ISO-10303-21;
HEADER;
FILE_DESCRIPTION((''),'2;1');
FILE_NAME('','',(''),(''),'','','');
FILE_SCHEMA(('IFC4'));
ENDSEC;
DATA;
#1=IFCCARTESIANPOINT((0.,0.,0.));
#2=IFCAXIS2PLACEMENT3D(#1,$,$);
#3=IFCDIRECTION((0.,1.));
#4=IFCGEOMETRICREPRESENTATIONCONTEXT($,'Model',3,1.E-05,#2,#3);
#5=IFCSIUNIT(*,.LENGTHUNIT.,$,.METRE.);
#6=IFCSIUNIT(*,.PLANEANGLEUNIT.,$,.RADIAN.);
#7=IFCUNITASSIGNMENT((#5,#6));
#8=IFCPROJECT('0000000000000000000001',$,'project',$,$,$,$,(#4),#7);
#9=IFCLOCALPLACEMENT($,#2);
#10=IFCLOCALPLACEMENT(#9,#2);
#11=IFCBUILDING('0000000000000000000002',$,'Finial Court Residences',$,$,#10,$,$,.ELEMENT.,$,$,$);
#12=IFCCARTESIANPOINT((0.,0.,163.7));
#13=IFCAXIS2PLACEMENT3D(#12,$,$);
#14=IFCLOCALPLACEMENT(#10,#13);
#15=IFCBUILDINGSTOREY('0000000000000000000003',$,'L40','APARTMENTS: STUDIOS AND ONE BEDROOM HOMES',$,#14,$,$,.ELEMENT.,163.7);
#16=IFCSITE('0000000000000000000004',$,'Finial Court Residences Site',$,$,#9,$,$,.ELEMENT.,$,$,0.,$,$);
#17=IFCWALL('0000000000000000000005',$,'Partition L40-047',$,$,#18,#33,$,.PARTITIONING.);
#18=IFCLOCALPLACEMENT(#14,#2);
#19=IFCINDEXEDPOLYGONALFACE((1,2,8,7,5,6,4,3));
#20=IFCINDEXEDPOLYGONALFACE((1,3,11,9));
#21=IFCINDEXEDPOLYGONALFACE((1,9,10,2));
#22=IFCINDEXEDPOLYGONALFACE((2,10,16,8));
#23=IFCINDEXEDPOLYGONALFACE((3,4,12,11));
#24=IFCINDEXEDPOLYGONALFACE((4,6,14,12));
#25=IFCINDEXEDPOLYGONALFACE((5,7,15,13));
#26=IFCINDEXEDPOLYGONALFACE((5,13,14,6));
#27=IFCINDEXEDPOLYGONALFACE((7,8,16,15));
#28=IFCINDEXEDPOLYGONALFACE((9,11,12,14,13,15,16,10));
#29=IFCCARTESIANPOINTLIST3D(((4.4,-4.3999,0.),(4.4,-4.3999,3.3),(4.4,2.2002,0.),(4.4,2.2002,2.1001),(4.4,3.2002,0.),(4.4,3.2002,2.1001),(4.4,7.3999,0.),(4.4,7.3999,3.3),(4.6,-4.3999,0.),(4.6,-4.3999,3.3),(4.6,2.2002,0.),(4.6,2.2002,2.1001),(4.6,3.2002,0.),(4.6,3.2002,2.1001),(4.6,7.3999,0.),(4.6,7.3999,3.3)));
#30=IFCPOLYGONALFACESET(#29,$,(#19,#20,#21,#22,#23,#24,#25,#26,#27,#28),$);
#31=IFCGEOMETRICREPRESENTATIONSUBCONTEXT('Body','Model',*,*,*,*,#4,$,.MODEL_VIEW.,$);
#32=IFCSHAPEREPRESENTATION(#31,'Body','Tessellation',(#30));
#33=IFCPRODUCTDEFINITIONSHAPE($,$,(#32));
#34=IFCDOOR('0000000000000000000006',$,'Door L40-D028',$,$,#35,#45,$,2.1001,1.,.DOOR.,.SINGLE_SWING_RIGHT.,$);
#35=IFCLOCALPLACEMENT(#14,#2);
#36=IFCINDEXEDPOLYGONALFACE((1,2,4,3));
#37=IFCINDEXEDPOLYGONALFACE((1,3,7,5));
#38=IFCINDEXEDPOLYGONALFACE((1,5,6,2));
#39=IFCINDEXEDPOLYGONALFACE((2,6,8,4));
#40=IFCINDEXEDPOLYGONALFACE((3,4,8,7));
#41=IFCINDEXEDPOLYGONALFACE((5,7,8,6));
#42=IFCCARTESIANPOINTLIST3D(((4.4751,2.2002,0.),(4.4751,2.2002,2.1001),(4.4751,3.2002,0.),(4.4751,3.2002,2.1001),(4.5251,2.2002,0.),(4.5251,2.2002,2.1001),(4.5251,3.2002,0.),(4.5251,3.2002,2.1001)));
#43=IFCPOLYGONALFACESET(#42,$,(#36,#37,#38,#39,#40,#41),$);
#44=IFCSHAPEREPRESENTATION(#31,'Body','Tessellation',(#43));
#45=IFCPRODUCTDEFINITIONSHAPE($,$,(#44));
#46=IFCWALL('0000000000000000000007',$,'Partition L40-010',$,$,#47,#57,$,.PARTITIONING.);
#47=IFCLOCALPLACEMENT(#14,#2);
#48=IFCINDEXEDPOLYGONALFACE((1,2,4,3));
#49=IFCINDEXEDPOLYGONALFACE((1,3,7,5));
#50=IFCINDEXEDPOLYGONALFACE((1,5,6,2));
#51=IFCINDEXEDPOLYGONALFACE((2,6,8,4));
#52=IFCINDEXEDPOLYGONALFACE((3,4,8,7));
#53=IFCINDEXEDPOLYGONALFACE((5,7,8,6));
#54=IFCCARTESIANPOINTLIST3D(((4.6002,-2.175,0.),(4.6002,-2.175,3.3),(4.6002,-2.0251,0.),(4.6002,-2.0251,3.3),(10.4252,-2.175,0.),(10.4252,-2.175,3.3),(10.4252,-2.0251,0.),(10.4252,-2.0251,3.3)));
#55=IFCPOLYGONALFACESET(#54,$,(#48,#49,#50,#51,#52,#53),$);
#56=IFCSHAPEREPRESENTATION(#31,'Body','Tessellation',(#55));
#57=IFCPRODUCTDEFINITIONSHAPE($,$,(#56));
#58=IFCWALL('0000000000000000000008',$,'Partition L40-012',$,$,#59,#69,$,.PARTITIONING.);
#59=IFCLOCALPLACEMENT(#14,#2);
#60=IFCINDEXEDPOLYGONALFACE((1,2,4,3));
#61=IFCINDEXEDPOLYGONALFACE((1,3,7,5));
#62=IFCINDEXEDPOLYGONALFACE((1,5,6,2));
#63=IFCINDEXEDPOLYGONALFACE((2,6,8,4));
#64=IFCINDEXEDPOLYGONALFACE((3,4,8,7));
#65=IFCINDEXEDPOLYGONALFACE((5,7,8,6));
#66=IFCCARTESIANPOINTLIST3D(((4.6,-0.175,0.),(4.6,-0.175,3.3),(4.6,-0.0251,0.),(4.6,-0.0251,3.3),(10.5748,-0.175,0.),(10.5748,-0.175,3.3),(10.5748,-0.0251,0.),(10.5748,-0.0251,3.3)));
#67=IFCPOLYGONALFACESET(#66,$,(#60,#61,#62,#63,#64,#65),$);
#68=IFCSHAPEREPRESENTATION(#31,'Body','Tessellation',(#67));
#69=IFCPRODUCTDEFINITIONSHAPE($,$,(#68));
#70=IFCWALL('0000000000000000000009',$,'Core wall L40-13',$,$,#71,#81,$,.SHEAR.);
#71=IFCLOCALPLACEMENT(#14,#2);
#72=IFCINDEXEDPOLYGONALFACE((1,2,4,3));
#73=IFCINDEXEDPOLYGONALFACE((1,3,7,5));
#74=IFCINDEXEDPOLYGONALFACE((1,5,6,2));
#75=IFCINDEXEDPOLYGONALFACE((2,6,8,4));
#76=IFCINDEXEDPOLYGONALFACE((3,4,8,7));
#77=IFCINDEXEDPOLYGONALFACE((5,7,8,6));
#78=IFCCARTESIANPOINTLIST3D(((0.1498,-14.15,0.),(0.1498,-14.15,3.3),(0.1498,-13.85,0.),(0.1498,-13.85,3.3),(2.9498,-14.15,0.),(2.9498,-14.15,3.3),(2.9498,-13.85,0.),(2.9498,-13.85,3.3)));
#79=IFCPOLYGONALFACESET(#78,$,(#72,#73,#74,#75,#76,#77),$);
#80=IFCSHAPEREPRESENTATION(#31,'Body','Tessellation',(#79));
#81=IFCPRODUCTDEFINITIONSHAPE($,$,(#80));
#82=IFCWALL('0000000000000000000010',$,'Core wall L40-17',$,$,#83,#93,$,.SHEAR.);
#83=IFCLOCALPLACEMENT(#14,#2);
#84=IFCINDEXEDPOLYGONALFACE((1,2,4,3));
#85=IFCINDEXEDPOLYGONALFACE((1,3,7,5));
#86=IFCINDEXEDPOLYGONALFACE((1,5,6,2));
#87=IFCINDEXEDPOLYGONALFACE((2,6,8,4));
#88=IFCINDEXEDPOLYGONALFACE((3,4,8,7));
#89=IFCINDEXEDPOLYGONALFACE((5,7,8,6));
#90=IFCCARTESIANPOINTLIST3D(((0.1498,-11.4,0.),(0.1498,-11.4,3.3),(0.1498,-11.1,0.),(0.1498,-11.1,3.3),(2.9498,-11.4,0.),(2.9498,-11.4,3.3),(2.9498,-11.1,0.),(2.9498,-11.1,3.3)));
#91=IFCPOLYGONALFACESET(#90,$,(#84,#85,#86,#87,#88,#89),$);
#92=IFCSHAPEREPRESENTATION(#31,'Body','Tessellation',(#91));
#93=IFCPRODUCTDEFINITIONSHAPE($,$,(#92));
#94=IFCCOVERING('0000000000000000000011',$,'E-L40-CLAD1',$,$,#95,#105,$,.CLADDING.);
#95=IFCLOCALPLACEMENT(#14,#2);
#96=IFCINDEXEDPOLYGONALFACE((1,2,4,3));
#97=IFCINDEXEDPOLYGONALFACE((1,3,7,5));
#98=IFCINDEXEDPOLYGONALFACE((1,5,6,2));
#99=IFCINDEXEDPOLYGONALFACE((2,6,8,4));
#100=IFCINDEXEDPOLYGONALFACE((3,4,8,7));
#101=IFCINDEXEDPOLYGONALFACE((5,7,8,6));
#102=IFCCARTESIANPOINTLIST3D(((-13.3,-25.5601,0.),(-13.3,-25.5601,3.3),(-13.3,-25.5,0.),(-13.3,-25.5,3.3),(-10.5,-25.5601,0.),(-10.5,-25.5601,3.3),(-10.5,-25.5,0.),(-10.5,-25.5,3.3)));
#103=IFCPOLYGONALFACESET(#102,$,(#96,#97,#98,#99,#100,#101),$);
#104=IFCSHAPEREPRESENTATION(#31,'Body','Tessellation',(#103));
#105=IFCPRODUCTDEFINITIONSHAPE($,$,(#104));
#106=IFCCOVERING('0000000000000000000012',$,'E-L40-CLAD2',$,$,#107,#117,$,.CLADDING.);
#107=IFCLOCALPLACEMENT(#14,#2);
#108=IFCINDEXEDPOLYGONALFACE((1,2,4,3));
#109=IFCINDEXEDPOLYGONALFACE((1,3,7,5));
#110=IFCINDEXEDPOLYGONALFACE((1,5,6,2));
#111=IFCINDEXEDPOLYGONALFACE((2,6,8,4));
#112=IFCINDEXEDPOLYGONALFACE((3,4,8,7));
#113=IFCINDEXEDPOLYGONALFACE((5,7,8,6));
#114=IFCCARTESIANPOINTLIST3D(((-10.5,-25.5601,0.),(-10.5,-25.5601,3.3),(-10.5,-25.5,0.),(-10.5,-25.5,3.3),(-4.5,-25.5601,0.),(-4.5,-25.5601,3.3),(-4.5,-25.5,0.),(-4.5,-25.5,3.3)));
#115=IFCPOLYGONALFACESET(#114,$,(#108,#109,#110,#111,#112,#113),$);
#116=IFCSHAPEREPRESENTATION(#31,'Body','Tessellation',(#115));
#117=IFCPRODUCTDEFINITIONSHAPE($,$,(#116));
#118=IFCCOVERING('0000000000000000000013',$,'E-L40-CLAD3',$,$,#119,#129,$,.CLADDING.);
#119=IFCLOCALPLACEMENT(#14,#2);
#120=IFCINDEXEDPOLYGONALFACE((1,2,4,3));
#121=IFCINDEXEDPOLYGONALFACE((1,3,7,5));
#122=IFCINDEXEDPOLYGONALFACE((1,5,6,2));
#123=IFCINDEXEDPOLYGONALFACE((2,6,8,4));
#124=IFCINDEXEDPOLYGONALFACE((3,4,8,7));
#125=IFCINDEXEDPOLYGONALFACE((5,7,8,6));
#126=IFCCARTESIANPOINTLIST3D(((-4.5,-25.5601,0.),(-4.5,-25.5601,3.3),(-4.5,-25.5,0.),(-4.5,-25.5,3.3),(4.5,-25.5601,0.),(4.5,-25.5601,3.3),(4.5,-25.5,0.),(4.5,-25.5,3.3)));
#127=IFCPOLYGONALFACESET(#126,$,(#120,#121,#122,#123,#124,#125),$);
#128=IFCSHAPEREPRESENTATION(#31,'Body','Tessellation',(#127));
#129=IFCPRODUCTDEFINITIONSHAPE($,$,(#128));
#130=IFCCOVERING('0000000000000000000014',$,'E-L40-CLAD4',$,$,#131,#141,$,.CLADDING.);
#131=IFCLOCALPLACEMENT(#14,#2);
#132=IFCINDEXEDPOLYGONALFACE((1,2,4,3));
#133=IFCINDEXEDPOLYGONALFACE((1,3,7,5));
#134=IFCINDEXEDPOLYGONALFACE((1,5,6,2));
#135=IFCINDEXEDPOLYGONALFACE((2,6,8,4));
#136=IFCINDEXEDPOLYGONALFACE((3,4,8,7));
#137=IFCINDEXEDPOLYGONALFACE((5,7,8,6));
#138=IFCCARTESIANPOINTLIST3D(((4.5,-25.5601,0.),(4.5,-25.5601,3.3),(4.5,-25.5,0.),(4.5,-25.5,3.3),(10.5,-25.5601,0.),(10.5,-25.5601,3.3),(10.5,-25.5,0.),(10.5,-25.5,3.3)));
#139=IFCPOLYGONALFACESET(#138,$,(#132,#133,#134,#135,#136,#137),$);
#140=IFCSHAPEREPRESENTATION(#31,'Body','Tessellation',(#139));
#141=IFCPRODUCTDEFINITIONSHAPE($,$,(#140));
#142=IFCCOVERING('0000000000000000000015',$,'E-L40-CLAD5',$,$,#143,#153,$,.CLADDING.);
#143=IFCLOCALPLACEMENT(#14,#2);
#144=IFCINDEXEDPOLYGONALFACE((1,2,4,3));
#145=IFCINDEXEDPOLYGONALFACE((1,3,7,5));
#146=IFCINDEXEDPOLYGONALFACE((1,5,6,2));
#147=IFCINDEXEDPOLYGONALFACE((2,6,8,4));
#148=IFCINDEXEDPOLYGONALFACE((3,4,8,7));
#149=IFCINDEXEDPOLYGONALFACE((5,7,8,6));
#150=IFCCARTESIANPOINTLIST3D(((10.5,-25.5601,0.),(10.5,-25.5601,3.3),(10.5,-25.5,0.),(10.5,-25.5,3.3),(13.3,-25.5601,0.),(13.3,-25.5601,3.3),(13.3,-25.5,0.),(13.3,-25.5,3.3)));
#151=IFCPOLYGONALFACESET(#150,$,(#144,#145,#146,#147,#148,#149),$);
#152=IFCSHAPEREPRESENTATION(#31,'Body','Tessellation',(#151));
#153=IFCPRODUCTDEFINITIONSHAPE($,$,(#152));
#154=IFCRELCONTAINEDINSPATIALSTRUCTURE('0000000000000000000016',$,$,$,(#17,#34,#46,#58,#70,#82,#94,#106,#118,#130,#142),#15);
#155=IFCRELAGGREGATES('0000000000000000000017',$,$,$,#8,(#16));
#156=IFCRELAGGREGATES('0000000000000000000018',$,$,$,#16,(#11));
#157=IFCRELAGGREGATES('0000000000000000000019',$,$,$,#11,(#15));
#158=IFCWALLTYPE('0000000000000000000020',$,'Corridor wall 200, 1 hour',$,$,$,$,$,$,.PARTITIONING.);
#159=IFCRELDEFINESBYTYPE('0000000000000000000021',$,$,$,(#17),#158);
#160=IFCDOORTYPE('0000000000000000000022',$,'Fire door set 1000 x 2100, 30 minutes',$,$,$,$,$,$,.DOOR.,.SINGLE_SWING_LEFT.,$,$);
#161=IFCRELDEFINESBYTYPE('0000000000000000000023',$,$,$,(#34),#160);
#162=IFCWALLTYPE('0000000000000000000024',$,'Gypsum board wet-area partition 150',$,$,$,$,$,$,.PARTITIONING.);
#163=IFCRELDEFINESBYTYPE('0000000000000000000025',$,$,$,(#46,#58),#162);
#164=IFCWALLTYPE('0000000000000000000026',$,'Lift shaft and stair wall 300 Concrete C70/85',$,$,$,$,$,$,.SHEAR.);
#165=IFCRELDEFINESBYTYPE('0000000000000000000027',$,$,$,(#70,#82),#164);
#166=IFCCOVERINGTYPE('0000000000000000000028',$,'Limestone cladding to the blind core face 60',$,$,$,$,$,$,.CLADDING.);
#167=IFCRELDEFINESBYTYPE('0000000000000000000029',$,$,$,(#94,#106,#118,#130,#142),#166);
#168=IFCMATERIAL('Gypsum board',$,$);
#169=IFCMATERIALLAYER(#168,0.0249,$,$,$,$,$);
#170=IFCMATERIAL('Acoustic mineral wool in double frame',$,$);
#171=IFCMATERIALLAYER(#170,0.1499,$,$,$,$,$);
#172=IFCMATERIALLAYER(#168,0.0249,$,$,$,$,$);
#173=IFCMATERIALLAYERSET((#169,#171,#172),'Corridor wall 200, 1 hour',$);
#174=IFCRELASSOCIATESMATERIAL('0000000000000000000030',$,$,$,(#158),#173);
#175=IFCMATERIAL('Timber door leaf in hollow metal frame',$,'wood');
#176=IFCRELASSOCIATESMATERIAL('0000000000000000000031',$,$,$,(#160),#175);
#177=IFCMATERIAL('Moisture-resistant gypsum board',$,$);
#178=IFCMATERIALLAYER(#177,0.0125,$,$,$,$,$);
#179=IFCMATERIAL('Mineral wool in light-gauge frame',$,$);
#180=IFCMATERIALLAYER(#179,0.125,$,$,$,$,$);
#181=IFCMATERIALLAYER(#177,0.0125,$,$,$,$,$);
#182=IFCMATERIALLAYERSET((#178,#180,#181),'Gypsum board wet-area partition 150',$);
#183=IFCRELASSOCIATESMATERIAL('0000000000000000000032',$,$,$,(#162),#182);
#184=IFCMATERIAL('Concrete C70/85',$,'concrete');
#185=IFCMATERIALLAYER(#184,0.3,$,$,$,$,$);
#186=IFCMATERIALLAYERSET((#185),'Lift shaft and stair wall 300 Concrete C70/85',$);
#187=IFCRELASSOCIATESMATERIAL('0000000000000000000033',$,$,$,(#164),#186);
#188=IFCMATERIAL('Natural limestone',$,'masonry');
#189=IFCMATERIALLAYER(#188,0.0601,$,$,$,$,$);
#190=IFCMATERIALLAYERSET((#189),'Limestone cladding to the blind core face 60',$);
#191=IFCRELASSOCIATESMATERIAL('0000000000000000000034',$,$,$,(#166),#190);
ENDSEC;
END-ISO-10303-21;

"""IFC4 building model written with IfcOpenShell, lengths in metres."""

from ifc_helpers import new_model, si_unit, direction, frame, frame_2d, origin, place, context, subcontext, project, spatial, polyline, rectangle, outline, extrude, material, layer, layer_set, type_object, element, fill, save


model = new_model("IFC4")

# Units and contexts
model_context = context("Model", 3, precision=1e-05, world=origin(), true_north=direction((0.0, 1.0)))
body_context = subcontext(model_context, "Body", "Model", "MODEL_VIEW")
ifc_project = project(units=[si_unit("LENGTHUNIT", "METRE"), si_unit("PLANEANGLEUNIT", "RADIAN")], contexts=[model_context])

# Site, building, storey
site_placement = place(None, origin())
site = spatial("IfcSite", under=ifc_project, at=site_placement, Name="Finial Court Residences Site", CompositionType="ELEMENT", RefElevation=0.0)
building_placement = place(site_placement, origin())
building = spatial("IfcBuilding", under=site, at=building_placement, Name="Finial Court Residences", CompositionType="ELEMENT")
storey_placement = place(building_placement, frame((0.0, 0.0, 163.7)))
storey = spatial("IfcBuildingStorey", under=building, at=storey_placement, Name="L40", Description="APARTMENTS: STUDIOS AND ONE BEDROOM HOMES", CompositionType="ELEMENT", Elevation=163.7)

# Shared definitions
ifc_material_1 = material(Name="Gypsum board")
ifc_layer_1 = layer(ifc_material_1, 0.0249)
ifc_material_2 = material(Name="Acoustic mineral wool in double frame")
ifc_layer_2 = layer(ifc_material_2, 0.1499)
ifc_layer_3 = layer(ifc_material_1, 0.0249)
ifc_layer_set_1 = layer_set([ifc_layer_1, ifc_layer_2, ifc_layer_3], Name="Corridor wall 200, 1 hour")
wall_type_1 = type_object("IfcWallType", Name="Corridor wall 200, 1 hour", PredefinedType="PARTITIONING", material=ifc_layer_set_1)
ifc_material_3 = material(Name="Timber door leaf in hollow metal frame", Category="wood")
door_type_1 = type_object("IfcDoorType", Name="Fire door set 1000 x 2100, 30 minutes", OperationType="SINGLE_SWING_LEFT", PredefinedType="DOOR", material=ifc_material_3)

# Wall, opening, door
wall_1_placement = place(storey_placement, frame((4.5, -4.3999, 0.0), z_axis=(0.0, 0.0, 1.0), x_axis=(0.0, 1.0, 0.0)))
wall_1 = element("IfcWall", 1, at=wall_1_placement, inside=storey, type_object=wall_type_1, Name="Partition L40-047", PredefinedType="PARTITIONING", context=body_context, shape_type="SweptSolid", body=[
    extrude(rectangle(XDim=11.7998, YDim=0.2, at=frame_2d((5.8999, 0.0))), origin(), (0.0, 0.0, 1.0), 3.3),
])
opening_1_placement = place(wall_1_placement, frame((6.6001, 0.0, 0.0)))
opening_1 = element("IfcOpeningElement", 2, at=opening_1_placement, cuts=wall_1, PredefinedType="OPENING", context=body_context, shape_type="SweptSolid", body=[
    extrude(rectangle(XDim=1.0, YDim=2.1001, at=frame_2d((0.5, 1.05))), frame((0.0, 0.1099, 0.0), z_axis=(0.0, -1.0, 0.0), x_axis=(1.0, 0.0, 0.0)), (0.0, 0.0, 1.0), 0.22),
])
door_1_placement = place(opening_1_placement, origin())
door_1 = element("IfcDoor", 3, at=door_1_placement, inside=storey, type_object=door_type_1, Name="Door L40-D028", OperationType="SINGLE_SWING_RIGHT", OverallHeight=2.1001, OverallWidth=1.0, PredefinedType="DOOR", context=body_context, shape_type="SweptSolid", body=[
    extrude(rectangle(XDim=1.0, YDim=2.1001, at=frame_2d((0.5, 1.05))), frame((0.0, 0.0249, 0.0), z_axis=(0.0, -1.0, 0.0), x_axis=(1.0, 0.0, 0.0)), (0.0, 0.0, 1.0), 0.05),
])
fill(opening_1, door_1)

# Walls
ifc_material_4 = material(Name="Moisture-resistant gypsum board")
ifc_layer_4 = layer(ifc_material_4, 0.0125)
ifc_material_5 = material(Name="Mineral wool in light-gauge frame")
ifc_layer_5 = layer(ifc_material_5, 0.125)
ifc_layer_6 = layer(ifc_material_4, 0.0125)
ifc_layer_set_2 = layer_set([ifc_layer_4, ifc_layer_5, ifc_layer_6], Name="Gypsum board wet-area partition 150")
wall_type_2 = type_object("IfcWallType", Name="Gypsum board wet-area partition 150", PredefinedType="PARTITIONING", material=ifc_layer_set_2)
wall_2_placement = place(storey_placement, frame((4.6001, -2.1001, 0.0), z_axis=(0.0, 0.0, 1.0), x_axis=(1.0, 0.0, 0.0)))
element("IfcWall", 4, at=wall_2_placement, inside=storey, type_object=wall_type_2, Name="Partition L40-010", PredefinedType="PARTITIONING", context=body_context, shape_type="SweptSolid", body=[
    extrude(rectangle(XDim=5.825, YDim=0.1499, at=frame_2d((2.9126, 0.0))), origin(), (0.0, 0.0, 1.0), 3.3),
])
wall_3_placement = place(storey_placement, frame((4.6001, -0.1001, 0.0), z_axis=(0.0, 0.0, 1.0), x_axis=(1.0, 0.0, 0.0)))
element("IfcWall", 5, at=wall_3_placement, inside=storey, type_object=wall_type_2, Name="Partition L40-012", PredefinedType="PARTITIONING", context=body_context, shape_type="SweptSolid", body=[
    extrude(rectangle(XDim=5.9749, YDim=0.1499, at=frame_2d((2.9873, 0.0))), origin(), (0.0, 0.0, 1.0), 3.3),
])
ifc_material_6 = material(Name="Concrete C70/85", Category="concrete")
ifc_layer_7 = layer(ifc_material_6, 0.3)
ifc_layer_set_3 = layer_set([ifc_layer_7], Name="Lift shaft and stair wall 300 Concrete C70/85")
wall_type_3 = type_object("IfcWallType", Name="Lift shaft and stair wall 300 Concrete C70/85", PredefinedType="SHEAR", material=ifc_layer_set_3)
for number, where, z_axis, x_axis, name in (
    (6, (0.1499, -14.0, 0.0), (0.0, 0.0, 1.0), (1.0, 0.0, 0.0), "Core wall L40-13"),
    (7, (0.1499, -11.25, 0.0), (0.0, 0.0, 1.0), (1.0, 0.0, 0.0), "Core wall L40-17"),
):
    element("IfcWall", number, at=place(storey_placement, frame(where, z_axis=z_axis, x_axis=x_axis)), inside=storey, type_object=wall_type_3, Name=name, PredefinedType="SHEAR", context=body_context, shape_type="SweptSolid", body=[
        extrude(rectangle(XDim=2.8, YDim=0.3, at=frame_2d((1.3999, 0.0))), origin(), (0.0, 0.0, 1.0), 3.3),
    ])

# Coverings
ifc_material_7 = material(Name="Natural limestone", Category="masonry")
ifc_layer_8 = layer(ifc_material_7, 0.0601)
ifc_layer_set_4 = layer_set([ifc_layer_8], Name="Limestone cladding to the blind core face 60")
covering_type = type_object("IfcCoveringType", Name="Limestone cladding to the blind core face 60", PredefinedType="CLADDING", material=ifc_layer_set_4)
covering_1_placement = place(storey_placement, origin())
element("IfcCovering", 8, at=covering_1_placement, inside=storey, type_object=covering_type, Name="E-L40-CLAD1", PredefinedType="CLADDING", context=body_context, shape_type="SweptSolid", body=[
    extrude(outline(polyline([(-10.5, -25.5601), (-10.5, -25.5), (-13.3, -25.5), (-13.3, -25.5601), (-10.5, -25.5601)])), origin(), (0.0, 0.0, 1.0), 3.3),
])
covering_2_placement = place(storey_placement, origin())
element("IfcCovering", 9, at=covering_2_placement, inside=storey, type_object=covering_type, Name="E-L40-CLAD2", PredefinedType="CLADDING", context=body_context, shape_type="SweptSolid", body=[
    extrude(outline(polyline([(-4.5, -25.5601), (-4.5, -25.5), (-10.5, -25.5), (-10.5, -25.5601), (-4.5, -25.5601)])), origin(), (0.0, 0.0, 1.0), 3.3),
])
covering_3_placement = place(storey_placement, origin())
element("IfcCovering", 10, at=covering_3_placement, inside=storey, type_object=covering_type, Name="E-L40-CLAD3", PredefinedType="CLADDING", context=body_context, shape_type="SweptSolid", body=[
    extrude(outline(polyline([(4.5, -25.5601), (4.5, -25.5), (-4.5, -25.5), (-4.5, -25.5601), (4.5, -25.5601)])), origin(), (0.0, 0.0, 1.0), 3.3),
])
covering_4_placement = place(storey_placement, origin())
element("IfcCovering", 11, at=covering_4_placement, inside=storey, type_object=covering_type, Name="E-L40-CLAD4", PredefinedType="CLADDING", context=body_context, shape_type="SweptSolid", body=[
    extrude(outline(polyline([(10.5, -25.5601), (10.5, -25.5), (4.5, -25.5), (4.5, -25.5601), (10.5, -25.5601)])), origin(), (0.0, 0.0, 1.0), 3.3),
])
covering_5_placement = place(storey_placement, origin())
element("IfcCovering", 12, at=covering_5_placement, inside=storey, type_object=covering_type, Name="E-L40-CLAD5", PredefinedType="CLADDING", context=body_context, shape_type="SweptSolid", body=[
    extrude(outline(polyline([(13.3, -25.5601), (13.3, -25.5), (10.5, -25.5), (10.5, -25.5601), (13.3, -25.5601)])), origin(), (0.0, 0.0, 1.0), 3.3),
])

save(model, "model.ifc")
